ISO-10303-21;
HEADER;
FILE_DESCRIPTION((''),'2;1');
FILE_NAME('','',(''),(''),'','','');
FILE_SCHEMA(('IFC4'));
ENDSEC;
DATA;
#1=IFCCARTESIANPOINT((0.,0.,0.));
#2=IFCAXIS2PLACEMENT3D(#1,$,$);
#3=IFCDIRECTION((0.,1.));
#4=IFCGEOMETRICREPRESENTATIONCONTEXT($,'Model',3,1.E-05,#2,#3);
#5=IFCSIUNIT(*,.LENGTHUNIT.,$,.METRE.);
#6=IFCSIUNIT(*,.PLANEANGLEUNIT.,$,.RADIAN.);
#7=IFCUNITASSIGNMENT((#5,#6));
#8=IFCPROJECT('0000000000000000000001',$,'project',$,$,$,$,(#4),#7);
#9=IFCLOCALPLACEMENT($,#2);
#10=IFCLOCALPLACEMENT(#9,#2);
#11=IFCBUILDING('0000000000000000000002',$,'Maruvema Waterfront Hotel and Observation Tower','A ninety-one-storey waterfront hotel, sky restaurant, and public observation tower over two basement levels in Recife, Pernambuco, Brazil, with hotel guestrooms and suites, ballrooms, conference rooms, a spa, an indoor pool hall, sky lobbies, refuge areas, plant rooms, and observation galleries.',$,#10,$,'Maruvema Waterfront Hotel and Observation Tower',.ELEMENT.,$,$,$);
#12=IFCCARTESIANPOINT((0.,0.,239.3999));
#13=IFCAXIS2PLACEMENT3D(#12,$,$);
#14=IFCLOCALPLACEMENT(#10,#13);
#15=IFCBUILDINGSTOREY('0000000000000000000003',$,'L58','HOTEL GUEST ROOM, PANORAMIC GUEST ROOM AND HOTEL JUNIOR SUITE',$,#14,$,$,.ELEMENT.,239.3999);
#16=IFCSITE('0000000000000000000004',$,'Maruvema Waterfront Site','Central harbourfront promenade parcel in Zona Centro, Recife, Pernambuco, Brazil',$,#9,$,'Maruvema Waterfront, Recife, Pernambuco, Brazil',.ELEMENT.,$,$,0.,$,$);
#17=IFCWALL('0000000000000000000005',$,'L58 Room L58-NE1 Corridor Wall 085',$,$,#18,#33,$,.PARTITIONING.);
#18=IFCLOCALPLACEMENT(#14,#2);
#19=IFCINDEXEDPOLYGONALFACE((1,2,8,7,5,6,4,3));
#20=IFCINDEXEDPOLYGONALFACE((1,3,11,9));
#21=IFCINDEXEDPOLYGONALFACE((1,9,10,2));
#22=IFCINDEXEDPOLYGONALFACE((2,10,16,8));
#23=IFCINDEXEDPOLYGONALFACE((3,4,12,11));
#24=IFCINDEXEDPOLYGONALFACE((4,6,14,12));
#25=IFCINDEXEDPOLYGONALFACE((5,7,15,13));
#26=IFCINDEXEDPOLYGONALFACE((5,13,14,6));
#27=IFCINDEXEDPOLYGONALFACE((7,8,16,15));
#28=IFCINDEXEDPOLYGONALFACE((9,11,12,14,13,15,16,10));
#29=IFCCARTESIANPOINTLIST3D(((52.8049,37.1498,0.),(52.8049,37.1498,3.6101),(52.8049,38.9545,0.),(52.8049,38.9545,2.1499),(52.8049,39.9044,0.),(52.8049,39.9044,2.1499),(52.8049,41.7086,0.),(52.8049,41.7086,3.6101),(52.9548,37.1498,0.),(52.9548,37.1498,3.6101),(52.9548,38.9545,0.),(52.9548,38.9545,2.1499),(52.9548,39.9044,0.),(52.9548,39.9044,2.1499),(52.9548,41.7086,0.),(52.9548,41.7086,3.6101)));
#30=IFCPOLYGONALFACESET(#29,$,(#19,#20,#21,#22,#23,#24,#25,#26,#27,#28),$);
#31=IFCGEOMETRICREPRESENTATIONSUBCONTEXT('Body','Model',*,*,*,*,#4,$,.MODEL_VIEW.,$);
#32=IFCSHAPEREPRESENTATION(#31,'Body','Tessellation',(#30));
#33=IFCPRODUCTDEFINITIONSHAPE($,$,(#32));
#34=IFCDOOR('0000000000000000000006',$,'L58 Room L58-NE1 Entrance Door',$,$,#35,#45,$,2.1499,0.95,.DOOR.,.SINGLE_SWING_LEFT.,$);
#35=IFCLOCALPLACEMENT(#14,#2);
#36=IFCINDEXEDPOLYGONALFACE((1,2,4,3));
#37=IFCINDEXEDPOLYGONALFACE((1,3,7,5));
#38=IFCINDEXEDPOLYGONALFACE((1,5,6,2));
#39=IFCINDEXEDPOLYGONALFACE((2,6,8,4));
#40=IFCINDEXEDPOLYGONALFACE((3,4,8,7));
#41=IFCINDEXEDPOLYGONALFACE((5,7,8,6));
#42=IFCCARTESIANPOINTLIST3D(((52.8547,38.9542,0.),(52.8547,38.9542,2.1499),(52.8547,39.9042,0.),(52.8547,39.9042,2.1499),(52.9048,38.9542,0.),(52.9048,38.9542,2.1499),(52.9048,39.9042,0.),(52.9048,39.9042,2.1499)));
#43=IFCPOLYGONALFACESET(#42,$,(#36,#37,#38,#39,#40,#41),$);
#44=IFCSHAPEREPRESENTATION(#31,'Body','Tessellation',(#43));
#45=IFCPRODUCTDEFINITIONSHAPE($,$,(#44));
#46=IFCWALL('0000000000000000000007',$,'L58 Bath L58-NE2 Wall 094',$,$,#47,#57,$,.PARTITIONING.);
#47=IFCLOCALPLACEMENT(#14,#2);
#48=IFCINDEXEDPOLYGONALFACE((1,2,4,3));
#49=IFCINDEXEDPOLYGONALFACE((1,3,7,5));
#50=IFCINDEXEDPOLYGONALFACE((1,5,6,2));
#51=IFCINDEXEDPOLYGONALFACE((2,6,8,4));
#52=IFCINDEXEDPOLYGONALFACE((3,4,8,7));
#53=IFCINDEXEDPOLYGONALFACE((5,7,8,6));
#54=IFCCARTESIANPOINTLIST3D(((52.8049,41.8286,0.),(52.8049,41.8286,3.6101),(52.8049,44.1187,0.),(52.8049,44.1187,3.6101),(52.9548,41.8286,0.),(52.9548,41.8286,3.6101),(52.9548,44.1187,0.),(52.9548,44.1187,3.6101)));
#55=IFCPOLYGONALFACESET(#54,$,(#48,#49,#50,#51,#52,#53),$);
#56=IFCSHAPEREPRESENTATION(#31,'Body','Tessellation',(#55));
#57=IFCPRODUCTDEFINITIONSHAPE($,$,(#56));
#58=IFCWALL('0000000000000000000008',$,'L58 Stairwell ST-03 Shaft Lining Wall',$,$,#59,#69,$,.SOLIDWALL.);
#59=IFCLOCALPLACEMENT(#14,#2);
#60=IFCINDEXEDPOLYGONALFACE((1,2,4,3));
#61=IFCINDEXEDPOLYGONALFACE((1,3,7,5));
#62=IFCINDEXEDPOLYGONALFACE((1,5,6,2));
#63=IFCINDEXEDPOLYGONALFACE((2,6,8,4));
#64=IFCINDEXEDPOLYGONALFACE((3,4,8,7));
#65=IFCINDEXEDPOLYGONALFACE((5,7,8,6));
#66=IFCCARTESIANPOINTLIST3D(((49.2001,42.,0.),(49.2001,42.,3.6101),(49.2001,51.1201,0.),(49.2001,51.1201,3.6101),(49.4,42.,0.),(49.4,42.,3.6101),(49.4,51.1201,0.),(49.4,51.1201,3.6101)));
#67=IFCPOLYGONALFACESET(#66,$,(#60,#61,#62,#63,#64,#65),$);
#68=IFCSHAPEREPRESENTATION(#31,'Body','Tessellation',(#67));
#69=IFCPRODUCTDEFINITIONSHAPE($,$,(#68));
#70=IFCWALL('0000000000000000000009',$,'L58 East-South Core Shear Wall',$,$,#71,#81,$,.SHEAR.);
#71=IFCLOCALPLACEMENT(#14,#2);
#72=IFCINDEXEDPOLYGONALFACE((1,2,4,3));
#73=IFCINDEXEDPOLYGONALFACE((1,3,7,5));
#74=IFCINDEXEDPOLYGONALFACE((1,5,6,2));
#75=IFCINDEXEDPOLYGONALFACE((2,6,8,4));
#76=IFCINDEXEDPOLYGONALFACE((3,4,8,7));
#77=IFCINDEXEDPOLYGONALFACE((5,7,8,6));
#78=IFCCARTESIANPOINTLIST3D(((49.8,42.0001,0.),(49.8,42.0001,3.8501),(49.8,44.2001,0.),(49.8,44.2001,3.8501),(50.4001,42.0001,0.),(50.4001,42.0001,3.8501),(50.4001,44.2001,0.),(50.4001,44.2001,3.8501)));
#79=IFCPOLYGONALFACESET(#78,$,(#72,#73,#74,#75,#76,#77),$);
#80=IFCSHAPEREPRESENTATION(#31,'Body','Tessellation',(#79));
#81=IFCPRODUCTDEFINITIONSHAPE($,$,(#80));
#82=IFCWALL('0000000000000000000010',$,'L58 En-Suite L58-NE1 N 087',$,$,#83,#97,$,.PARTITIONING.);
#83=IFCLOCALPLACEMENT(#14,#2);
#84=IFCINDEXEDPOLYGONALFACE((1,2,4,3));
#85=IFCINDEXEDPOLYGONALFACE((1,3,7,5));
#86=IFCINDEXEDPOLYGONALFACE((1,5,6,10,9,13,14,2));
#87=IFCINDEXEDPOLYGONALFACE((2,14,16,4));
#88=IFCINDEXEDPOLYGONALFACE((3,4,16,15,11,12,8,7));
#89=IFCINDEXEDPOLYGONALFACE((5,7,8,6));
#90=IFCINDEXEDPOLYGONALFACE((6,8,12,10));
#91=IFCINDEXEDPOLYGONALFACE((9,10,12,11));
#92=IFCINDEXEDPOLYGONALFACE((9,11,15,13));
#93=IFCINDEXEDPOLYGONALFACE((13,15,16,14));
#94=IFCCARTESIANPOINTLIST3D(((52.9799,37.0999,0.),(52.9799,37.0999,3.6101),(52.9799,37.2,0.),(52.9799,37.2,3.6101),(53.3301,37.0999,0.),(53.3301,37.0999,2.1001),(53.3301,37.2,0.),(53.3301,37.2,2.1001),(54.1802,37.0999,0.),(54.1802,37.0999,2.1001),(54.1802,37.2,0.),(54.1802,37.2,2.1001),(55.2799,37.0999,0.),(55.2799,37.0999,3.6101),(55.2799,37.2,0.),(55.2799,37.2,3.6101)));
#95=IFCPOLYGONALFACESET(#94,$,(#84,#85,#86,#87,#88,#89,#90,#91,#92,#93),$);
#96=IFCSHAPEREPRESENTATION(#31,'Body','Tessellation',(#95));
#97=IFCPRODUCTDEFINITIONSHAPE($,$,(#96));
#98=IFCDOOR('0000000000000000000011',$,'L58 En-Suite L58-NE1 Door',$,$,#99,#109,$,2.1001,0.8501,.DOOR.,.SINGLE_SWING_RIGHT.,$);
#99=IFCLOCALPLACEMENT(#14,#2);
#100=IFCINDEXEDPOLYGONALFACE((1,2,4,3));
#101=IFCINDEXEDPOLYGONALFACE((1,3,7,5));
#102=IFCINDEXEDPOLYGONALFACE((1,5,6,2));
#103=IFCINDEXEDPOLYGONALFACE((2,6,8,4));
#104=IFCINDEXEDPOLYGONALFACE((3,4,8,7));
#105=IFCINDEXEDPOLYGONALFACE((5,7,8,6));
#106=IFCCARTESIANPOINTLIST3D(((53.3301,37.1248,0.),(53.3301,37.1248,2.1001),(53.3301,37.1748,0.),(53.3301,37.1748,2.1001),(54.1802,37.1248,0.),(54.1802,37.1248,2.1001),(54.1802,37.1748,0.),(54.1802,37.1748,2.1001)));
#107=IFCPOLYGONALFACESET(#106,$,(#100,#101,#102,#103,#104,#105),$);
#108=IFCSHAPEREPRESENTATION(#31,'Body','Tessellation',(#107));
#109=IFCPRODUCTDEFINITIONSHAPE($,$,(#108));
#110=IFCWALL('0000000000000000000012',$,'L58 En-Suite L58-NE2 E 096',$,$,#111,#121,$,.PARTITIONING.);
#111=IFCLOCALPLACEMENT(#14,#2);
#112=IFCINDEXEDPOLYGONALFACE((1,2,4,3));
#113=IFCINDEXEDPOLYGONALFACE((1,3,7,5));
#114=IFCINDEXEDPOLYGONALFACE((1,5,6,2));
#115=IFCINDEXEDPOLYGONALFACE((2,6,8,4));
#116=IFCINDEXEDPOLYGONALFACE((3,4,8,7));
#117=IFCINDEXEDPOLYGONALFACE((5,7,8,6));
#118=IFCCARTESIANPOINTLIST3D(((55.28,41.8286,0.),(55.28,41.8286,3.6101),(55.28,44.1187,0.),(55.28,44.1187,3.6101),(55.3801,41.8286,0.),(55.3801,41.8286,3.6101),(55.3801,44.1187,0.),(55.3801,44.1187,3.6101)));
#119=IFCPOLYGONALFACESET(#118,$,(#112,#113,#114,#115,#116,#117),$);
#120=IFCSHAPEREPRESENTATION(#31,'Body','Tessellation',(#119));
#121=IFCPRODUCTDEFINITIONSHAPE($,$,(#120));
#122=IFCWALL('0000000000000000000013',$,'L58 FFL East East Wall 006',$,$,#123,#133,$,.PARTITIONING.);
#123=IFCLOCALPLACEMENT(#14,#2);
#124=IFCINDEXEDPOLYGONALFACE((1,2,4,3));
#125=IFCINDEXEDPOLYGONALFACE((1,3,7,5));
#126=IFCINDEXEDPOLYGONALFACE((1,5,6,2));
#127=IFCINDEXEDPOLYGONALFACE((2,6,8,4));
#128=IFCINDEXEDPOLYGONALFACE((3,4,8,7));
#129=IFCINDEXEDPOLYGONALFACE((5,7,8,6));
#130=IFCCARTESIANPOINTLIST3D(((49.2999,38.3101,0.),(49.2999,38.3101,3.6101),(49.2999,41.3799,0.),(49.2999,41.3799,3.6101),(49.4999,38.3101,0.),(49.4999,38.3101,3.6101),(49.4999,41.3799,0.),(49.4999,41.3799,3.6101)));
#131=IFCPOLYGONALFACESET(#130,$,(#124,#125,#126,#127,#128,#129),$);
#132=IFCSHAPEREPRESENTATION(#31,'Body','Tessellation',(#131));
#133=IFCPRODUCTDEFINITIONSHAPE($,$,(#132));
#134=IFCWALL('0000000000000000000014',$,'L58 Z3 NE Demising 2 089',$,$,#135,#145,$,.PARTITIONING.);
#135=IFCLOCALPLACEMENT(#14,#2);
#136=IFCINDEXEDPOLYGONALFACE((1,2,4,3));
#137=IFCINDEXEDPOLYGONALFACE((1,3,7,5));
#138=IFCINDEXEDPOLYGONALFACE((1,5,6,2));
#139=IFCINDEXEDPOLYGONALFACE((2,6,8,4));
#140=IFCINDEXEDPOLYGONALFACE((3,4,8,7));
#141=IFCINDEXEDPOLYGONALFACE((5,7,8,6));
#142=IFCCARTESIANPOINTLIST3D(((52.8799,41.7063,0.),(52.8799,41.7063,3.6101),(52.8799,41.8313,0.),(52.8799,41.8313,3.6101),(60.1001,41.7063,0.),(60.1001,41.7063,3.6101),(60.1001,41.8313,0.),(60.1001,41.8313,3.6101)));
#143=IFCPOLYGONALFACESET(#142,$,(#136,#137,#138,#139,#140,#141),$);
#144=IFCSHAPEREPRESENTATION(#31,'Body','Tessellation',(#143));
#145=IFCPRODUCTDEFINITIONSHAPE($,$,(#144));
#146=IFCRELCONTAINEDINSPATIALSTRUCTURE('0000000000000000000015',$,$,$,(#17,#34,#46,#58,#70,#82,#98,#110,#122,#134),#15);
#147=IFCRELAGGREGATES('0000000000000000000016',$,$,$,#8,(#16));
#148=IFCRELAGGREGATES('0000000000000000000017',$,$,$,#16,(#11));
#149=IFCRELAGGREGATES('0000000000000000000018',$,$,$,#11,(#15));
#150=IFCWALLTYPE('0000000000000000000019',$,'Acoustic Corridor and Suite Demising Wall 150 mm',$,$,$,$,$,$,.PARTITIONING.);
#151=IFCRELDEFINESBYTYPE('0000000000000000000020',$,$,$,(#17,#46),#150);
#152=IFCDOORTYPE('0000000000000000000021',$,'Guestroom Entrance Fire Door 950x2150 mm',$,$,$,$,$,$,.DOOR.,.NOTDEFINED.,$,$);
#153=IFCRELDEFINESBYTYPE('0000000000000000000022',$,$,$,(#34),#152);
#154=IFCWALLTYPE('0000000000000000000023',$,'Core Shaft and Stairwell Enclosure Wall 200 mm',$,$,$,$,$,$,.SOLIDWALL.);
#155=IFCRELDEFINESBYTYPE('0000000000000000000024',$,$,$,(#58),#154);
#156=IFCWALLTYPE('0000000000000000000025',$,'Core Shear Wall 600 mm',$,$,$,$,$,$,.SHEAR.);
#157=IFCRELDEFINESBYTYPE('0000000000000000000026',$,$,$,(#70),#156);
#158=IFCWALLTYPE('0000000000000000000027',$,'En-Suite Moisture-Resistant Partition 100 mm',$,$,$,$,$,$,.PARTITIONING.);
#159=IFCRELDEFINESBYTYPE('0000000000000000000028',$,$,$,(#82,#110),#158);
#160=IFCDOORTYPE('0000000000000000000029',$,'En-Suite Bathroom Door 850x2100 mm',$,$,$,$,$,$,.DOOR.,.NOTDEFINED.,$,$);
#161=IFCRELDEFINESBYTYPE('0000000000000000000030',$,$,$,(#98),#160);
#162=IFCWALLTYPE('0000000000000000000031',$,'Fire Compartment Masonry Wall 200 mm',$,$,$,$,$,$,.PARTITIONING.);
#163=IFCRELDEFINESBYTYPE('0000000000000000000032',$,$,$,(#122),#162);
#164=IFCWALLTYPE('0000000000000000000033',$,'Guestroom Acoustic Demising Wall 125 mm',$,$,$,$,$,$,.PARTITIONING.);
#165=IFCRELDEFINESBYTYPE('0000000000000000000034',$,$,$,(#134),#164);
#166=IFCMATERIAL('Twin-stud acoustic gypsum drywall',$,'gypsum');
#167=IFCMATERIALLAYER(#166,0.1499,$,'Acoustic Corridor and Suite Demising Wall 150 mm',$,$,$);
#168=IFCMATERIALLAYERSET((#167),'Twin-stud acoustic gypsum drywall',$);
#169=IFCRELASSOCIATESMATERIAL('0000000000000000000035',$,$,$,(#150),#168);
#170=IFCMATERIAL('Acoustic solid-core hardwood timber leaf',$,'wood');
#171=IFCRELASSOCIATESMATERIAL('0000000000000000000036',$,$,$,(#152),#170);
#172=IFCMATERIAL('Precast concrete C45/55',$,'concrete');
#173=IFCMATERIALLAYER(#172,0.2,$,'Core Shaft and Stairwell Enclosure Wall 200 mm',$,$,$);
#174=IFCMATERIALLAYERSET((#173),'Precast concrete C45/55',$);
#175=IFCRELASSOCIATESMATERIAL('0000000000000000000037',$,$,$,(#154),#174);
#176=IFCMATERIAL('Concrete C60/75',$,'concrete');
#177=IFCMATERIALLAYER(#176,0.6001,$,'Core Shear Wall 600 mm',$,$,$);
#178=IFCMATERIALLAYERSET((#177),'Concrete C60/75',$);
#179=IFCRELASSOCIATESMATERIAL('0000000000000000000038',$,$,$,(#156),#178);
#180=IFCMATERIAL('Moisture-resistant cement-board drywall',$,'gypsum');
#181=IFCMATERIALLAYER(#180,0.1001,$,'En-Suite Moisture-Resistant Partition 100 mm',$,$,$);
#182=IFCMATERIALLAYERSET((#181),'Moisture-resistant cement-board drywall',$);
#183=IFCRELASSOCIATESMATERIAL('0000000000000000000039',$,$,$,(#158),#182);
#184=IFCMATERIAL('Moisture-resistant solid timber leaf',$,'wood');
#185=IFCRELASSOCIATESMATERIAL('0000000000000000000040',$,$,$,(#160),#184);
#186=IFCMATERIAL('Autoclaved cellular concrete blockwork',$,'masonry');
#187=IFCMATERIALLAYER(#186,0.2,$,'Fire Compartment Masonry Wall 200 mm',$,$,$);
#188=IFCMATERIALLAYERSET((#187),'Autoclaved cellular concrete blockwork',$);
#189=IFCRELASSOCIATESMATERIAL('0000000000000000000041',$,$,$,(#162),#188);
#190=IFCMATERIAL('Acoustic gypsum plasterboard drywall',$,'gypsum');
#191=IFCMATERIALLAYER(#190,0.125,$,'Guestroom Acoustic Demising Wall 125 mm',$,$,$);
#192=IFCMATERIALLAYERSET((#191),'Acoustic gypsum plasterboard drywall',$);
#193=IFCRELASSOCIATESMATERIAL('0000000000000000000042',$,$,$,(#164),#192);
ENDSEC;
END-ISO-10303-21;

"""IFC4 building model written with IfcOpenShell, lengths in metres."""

from ifc_helpers import new_model, si_unit, direction, frame, frame_2d, origin, place, context, subcontext, project, spatial, rectangle, extrude, material, layer, layer_set, type_object, element, fill, save


model = new_model("IFC4")

# Units and contexts
model_context = context("Model", 3, precision=1e-05, world=origin(), true_north=direction((0.0, 1.0)))
body_context = subcontext(model_context, "Body", "Model", "MODEL_VIEW")
ifc_project = project(units=[si_unit("LENGTHUNIT", "METRE"), si_unit("PLANEANGLEUNIT", "RADIAN")], contexts=[model_context])

# Site, building, storey
site_placement = place(None, origin())
site = spatial("IfcSite", under=ifc_project, at=site_placement, Name="Maruvema Waterfront Site", Description="Central harbourfront promenade parcel in Zona Centro, Recife, Pernambuco, Brazil", LongName="Maruvema Waterfront, Recife, Pernambuco, Brazil", CompositionType="ELEMENT", RefElevation=0.0)
building_placement = place(site_placement, origin())
building = spatial("IfcBuilding", under=site, at=building_placement, Name="Maruvema Waterfront Hotel and Observation Tower", Description="A ninety-one-storey waterfront hotel, sky restaurant, and public observation tower over two basement levels in Recife, Pernambuco, Brazil, with hotel guestrooms and suites, ballrooms, conference rooms, a spa, an indoor pool hall, sky lobbies, refuge areas, plant rooms, and observation galleries.", LongName="Maruvema Waterfront Hotel and Observation Tower", CompositionType="ELEMENT")
storey_placement = place(building_placement, frame((0.0, 0.0, 239.3999)))
storey = spatial("IfcBuildingStorey", under=building, at=storey_placement, Name="L58", Description="HOTEL GUEST ROOM, PANORAMIC GUEST ROOM AND HOTEL JUNIOR SUITE", CompositionType="ELEMENT", Elevation=239.3999)

# Wall, opening, door
ifc_material_1 = material(Name="Twin-stud acoustic gypsum drywall", Category="gypsum")
ifc_layer_1 = layer(ifc_material_1, 0.1499, Name="Acoustic Corridor and Suite Demising Wall 150 mm")
ifc_layer_set_1 = layer_set([ifc_layer_1], Name="Twin-stud acoustic gypsum drywall")
wall_type_1 = type_object("IfcWallType", Name="Acoustic Corridor and Suite Demising Wall 150 mm", PredefinedType="PARTITIONING", material=ifc_layer_set_1)
wall_1_placement = place(storey_placement, frame((52.8799, 37.1499, 0.0), z_axis=(0.0, 0.0, 1.0), x_axis=(0.0, 1.0, 0.0)))
wall_1 = element("IfcWall", 1, at=wall_1_placement, inside=storey, type_object=wall_type_1, Name="L58 Room L58-NE1 Corridor Wall 085", PredefinedType="PARTITIONING", context=body_context, shape_type="SweptSolid", body=[
    extrude(rectangle(XDim=4.5588, YDim=0.1499, at=frame_2d((2.2793, 0.0))), origin(), (0.0, 0.0, 1.0), 3.6101),
])
opening_1_placement = place(wall_1_placement, frame((1.8044, 0.0, 0.0)))
opening_1 = element("IfcOpeningElement", 2, at=opening_1_placement, cuts=wall_1, PredefinedType="OPENING", context=body_context, shape_type="SweptSolid", body=[
    extrude(rectangle(XDim=0.95, YDim=2.1499, at=frame_2d((0.4751, 1.075))), frame((0.0, 0.085, 0.0), z_axis=(0.0, -1.0, 0.0), x_axis=(1.0, 0.0, 0.0)), (0.0, 0.0, 1.0), 0.1699),
])
ifc_material_2 = material(Name="Acoustic solid-core hardwood timber leaf", Category="wood")
door_type_1 = type_object("IfcDoorType", Name="Guestroom Entrance Fire Door 950x2150 mm", OperationType="NOTDEFINED", PredefinedType="DOOR", material=ifc_material_2)
door_1_placement = place(opening_1_placement, frame((0.95, 0.0, 0.0), z_axis=(0.0, 0.0, 1.0), x_axis=(-1.0, 0.0, 0.0)))
door_1 = element("IfcDoor", 3, at=door_1_placement, inside=storey, type_object=door_type_1, Name="L58 Room L58-NE1 Entrance Door", OperationType="SINGLE_SWING_LEFT", OverallHeight=2.1499, OverallWidth=0.95, PredefinedType="DOOR", context=body_context, shape_type="SweptSolid", body=[
    extrude(rectangle(XDim=0.95, YDim=2.1499, at=frame_2d((0.4751, 1.075))), frame((0.0, 0.0249, 0.0), z_axis=(0.0, -1.0, 0.0), x_axis=(1.0, 0.0, 0.0)), (0.0, 0.0, 1.0), 0.05),
])
fill(opening_1, door_1)

# Walls
wall_2_placement = place(storey_placement, frame((52.8799, 41.8286, 0.0), z_axis=(0.0, 0.0, 1.0), x_axis=(0.0, 1.0, 0.0)))
element("IfcWall", 4, at=wall_2_placement, inside=storey, type_object=wall_type_1, Name="L58 Bath L58-NE2 Wall 094", PredefinedType="PARTITIONING", context=body_context, shape_type="SweptSolid", body=[
    extrude(rectangle(XDim=2.29, YDim=0.1499, at=frame_2d((1.145, 0.0))), origin(), (0.0, 0.0, 1.0), 3.6101),
])
ifc_material_3 = material(Name="Precast concrete C45/55", Category="concrete")
ifc_layer_2 = layer(ifc_material_3, 0.2, Name="Core Shaft and Stairwell Enclosure Wall 200 mm")
ifc_layer_set_2 = layer_set([ifc_layer_2], Name="Precast concrete C45/55")
wall_type_2 = type_object("IfcWallType", Name="Core Shaft and Stairwell Enclosure Wall 200 mm", PredefinedType="SOLIDWALL", material=ifc_layer_set_2)
wall_3_placement = place(storey_placement, frame((49.3, 42.0, 0.0), z_axis=(0.0, 0.0, 1.0), x_axis=(0.0, 1.0, 0.0)))
element("IfcWall", 5, at=wall_3_placement, inside=storey, type_object=wall_type_2, Name="L58 Stairwell ST-03 Shaft Lining Wall", PredefinedType="SOLIDWALL", context=body_context, shape_type="SweptSolid", body=[
    extrude(rectangle(XDim=9.1201, YDim=0.2, at=frame_2d((4.5601, 0.0))), origin(), (0.0, 0.0, 1.0), 3.6101),
])
ifc_material_4 = material(Name="Concrete C60/75", Category="concrete")
ifc_layer_3 = layer(ifc_material_4, 0.6001, Name="Core Shear Wall 600 mm")
ifc_layer_set_3 = layer_set([ifc_layer_3], Name="Concrete C60/75")
wall_type_3 = type_object("IfcWallType", Name="Core Shear Wall 600 mm", PredefinedType="SHEAR", material=ifc_layer_set_3)
wall_4_placement = place(storey_placement, frame((50.1001, 42.0, 0.0), z_axis=(0.0, 0.0, 1.0), x_axis=(0.0, 1.0, 0.0)))
element("IfcWall", 6, at=wall_4_placement, inside=storey, type_object=wall_type_3, Name="L58 East-South Core Shear Wall", PredefinedType="SHEAR", context=body_context, shape_type="SweptSolid", body=[
    extrude(rectangle(XDim=2.2, YDim=0.6001, at=frame_2d((1.1001, 0.0))), origin(), (0.0, 0.0, 1.0), 3.8501),
])

# Wall, opening, door
ifc_material_5 = material(Name="Moisture-resistant cement-board drywall", Category="gypsum")
ifc_layer_4 = layer(ifc_material_5, 0.1001, Name="En-Suite Moisture-Resistant Partition 100 mm")
ifc_layer_set_4 = layer_set([ifc_layer_4], Name="Moisture-resistant cement-board drywall")
wall_type_4 = type_object("IfcWallType", Name="En-Suite Moisture-Resistant Partition 100 mm", PredefinedType="PARTITIONING", material=ifc_layer_set_4)
wall_5_placement = place(storey_placement, frame((52.98, 37.1499, 0.0), z_axis=(0.0, 0.0, 1.0), x_axis=(1.0, 0.0, 0.0)))
wall_5 = element("IfcWall", 7, at=wall_5_placement, inside=storey, type_object=wall_type_4, Name="L58 En-Suite L58-NE1 N 087", PredefinedType="PARTITIONING", context=body_context, shape_type="SweptSolid", body=[
    extrude(rectangle(XDim=2.3, YDim=0.1001, at=frame_2d((1.1499, 0.0))), origin(), (0.0, 0.0, 1.0), 3.6101),
])
opening_2_placement = place(wall_5_placement, frame((0.3501, 0.0, 0.0)))
opening_2 = element("IfcOpeningElement", 8, at=opening_2_placement, cuts=wall_5, PredefinedType="OPENING", context=body_context, shape_type="SweptSolid", body=[
    extrude(rectangle(XDim=0.8501, YDim=2.1001, at=frame_2d((0.425, 1.05))), frame((0.0, 0.0601, 0.0), z_axis=(0.0, -1.0, 0.0), x_axis=(1.0, 0.0, 0.0)), (0.0, 0.0, 1.0), 0.1201),
])
ifc_material_6 = material(Name="Moisture-resistant solid timber leaf", Category="wood")
door_type_2 = type_object("IfcDoorType", Name="En-Suite Bathroom Door 850x2100 mm", OperationType="NOTDEFINED", PredefinedType="DOOR", material=ifc_material_6)
door_2_placement = place(opening_2_placement, origin())
door_2 = element("IfcDoor", 9, at=door_2_placement, inside=storey, type_object=door_type_2, Name="L58 En-Suite L58-NE1 Door", OperationType="SINGLE_SWING_RIGHT", OverallHeight=2.1001, OverallWidth=0.8501, PredefinedType="DOOR", context=body_context, shape_type="SweptSolid", body=[
    extrude(rectangle(XDim=0.8501, YDim=2.1001, at=frame_2d((0.425, 1.05))), frame((0.0, 0.0249, 0.0), z_axis=(0.0, -1.0, 0.0), x_axis=(1.0, 0.0, 0.0)), (0.0, 0.0, 1.0), 0.05),
])
fill(opening_2, door_2)

# Walls
wall_6_placement = place(storey_placement, frame((55.3301, 41.8286, 0.0), z_axis=(0.0, 0.0, 1.0), x_axis=(0.0, 1.0, 0.0)))
element("IfcWall", 10, at=wall_6_placement, inside=storey, type_object=wall_type_4, Name="L58 En-Suite L58-NE2 E 096", PredefinedType="PARTITIONING", context=body_context, shape_type="SweptSolid", body=[
    extrude(rectangle(XDim=2.29, YDim=0.1001, at=frame_2d((1.145, 0.0))), origin(), (0.0, 0.0, 1.0), 3.6101),
])
ifc_material_7 = material(Name="Autoclaved cellular concrete blockwork", Category="masonry")
ifc_layer_5 = layer(ifc_material_7, 0.2, Name="Fire Compartment Masonry Wall 200 mm")
ifc_layer_set_5 = layer_set([ifc_layer_5], Name="Autoclaved cellular concrete blockwork")
wall_type_5 = type_object("IfcWallType", Name="Fire Compartment Masonry Wall 200 mm", PredefinedType="PARTITIONING", material=ifc_layer_set_5)
wall_7_placement = place(storey_placement, frame((49.3999, 38.3101, 0.0), z_axis=(0.0, 0.0, 1.0), x_axis=(0.0, 1.0, 0.0)))
element("IfcWall", 11, at=wall_7_placement, inside=storey, type_object=wall_type_5, Name="L58 FFL East East Wall 006", PredefinedType="PARTITIONING", context=body_context, shape_type="SweptSolid", body=[
    extrude(rectangle(XDim=3.0698, YDim=0.2, at=frame_2d((1.5349, 0.0))), origin(), (0.0, 0.0, 1.0), 3.6101),
])
ifc_material_8 = material(Name="Acoustic gypsum plasterboard drywall", Category="gypsum")
ifc_layer_6 = layer(ifc_material_8, 0.125, Name="Guestroom Acoustic Demising Wall 125 mm")
ifc_layer_set_6 = layer_set([ifc_layer_6], Name="Acoustic gypsum plasterboard drywall")
wall_type_6 = type_object("IfcWallType", Name="Guestroom Acoustic Demising Wall 125 mm", PredefinedType="PARTITIONING", material=ifc_layer_set_6)
wall_8_placement = place(storey_placement, frame((52.8799, 41.7688, 0.0), z_axis=(0.0, 0.0, 1.0), x_axis=(1.0, 0.0, 0.0)))
element("IfcWall", 12, at=wall_8_placement, inside=storey, type_object=wall_type_6, Name="L58 Z3 NE Demising 2 089", PredefinedType="PARTITIONING", context=body_context, shape_type="SweptSolid", body=[
    extrude(rectangle(XDim=7.2202, YDim=0.125, at=frame_2d((3.6101, 0.0))), origin(), (0.0, 0.0, 1.0), 3.6101),
])

save(model, "model.ifc")
